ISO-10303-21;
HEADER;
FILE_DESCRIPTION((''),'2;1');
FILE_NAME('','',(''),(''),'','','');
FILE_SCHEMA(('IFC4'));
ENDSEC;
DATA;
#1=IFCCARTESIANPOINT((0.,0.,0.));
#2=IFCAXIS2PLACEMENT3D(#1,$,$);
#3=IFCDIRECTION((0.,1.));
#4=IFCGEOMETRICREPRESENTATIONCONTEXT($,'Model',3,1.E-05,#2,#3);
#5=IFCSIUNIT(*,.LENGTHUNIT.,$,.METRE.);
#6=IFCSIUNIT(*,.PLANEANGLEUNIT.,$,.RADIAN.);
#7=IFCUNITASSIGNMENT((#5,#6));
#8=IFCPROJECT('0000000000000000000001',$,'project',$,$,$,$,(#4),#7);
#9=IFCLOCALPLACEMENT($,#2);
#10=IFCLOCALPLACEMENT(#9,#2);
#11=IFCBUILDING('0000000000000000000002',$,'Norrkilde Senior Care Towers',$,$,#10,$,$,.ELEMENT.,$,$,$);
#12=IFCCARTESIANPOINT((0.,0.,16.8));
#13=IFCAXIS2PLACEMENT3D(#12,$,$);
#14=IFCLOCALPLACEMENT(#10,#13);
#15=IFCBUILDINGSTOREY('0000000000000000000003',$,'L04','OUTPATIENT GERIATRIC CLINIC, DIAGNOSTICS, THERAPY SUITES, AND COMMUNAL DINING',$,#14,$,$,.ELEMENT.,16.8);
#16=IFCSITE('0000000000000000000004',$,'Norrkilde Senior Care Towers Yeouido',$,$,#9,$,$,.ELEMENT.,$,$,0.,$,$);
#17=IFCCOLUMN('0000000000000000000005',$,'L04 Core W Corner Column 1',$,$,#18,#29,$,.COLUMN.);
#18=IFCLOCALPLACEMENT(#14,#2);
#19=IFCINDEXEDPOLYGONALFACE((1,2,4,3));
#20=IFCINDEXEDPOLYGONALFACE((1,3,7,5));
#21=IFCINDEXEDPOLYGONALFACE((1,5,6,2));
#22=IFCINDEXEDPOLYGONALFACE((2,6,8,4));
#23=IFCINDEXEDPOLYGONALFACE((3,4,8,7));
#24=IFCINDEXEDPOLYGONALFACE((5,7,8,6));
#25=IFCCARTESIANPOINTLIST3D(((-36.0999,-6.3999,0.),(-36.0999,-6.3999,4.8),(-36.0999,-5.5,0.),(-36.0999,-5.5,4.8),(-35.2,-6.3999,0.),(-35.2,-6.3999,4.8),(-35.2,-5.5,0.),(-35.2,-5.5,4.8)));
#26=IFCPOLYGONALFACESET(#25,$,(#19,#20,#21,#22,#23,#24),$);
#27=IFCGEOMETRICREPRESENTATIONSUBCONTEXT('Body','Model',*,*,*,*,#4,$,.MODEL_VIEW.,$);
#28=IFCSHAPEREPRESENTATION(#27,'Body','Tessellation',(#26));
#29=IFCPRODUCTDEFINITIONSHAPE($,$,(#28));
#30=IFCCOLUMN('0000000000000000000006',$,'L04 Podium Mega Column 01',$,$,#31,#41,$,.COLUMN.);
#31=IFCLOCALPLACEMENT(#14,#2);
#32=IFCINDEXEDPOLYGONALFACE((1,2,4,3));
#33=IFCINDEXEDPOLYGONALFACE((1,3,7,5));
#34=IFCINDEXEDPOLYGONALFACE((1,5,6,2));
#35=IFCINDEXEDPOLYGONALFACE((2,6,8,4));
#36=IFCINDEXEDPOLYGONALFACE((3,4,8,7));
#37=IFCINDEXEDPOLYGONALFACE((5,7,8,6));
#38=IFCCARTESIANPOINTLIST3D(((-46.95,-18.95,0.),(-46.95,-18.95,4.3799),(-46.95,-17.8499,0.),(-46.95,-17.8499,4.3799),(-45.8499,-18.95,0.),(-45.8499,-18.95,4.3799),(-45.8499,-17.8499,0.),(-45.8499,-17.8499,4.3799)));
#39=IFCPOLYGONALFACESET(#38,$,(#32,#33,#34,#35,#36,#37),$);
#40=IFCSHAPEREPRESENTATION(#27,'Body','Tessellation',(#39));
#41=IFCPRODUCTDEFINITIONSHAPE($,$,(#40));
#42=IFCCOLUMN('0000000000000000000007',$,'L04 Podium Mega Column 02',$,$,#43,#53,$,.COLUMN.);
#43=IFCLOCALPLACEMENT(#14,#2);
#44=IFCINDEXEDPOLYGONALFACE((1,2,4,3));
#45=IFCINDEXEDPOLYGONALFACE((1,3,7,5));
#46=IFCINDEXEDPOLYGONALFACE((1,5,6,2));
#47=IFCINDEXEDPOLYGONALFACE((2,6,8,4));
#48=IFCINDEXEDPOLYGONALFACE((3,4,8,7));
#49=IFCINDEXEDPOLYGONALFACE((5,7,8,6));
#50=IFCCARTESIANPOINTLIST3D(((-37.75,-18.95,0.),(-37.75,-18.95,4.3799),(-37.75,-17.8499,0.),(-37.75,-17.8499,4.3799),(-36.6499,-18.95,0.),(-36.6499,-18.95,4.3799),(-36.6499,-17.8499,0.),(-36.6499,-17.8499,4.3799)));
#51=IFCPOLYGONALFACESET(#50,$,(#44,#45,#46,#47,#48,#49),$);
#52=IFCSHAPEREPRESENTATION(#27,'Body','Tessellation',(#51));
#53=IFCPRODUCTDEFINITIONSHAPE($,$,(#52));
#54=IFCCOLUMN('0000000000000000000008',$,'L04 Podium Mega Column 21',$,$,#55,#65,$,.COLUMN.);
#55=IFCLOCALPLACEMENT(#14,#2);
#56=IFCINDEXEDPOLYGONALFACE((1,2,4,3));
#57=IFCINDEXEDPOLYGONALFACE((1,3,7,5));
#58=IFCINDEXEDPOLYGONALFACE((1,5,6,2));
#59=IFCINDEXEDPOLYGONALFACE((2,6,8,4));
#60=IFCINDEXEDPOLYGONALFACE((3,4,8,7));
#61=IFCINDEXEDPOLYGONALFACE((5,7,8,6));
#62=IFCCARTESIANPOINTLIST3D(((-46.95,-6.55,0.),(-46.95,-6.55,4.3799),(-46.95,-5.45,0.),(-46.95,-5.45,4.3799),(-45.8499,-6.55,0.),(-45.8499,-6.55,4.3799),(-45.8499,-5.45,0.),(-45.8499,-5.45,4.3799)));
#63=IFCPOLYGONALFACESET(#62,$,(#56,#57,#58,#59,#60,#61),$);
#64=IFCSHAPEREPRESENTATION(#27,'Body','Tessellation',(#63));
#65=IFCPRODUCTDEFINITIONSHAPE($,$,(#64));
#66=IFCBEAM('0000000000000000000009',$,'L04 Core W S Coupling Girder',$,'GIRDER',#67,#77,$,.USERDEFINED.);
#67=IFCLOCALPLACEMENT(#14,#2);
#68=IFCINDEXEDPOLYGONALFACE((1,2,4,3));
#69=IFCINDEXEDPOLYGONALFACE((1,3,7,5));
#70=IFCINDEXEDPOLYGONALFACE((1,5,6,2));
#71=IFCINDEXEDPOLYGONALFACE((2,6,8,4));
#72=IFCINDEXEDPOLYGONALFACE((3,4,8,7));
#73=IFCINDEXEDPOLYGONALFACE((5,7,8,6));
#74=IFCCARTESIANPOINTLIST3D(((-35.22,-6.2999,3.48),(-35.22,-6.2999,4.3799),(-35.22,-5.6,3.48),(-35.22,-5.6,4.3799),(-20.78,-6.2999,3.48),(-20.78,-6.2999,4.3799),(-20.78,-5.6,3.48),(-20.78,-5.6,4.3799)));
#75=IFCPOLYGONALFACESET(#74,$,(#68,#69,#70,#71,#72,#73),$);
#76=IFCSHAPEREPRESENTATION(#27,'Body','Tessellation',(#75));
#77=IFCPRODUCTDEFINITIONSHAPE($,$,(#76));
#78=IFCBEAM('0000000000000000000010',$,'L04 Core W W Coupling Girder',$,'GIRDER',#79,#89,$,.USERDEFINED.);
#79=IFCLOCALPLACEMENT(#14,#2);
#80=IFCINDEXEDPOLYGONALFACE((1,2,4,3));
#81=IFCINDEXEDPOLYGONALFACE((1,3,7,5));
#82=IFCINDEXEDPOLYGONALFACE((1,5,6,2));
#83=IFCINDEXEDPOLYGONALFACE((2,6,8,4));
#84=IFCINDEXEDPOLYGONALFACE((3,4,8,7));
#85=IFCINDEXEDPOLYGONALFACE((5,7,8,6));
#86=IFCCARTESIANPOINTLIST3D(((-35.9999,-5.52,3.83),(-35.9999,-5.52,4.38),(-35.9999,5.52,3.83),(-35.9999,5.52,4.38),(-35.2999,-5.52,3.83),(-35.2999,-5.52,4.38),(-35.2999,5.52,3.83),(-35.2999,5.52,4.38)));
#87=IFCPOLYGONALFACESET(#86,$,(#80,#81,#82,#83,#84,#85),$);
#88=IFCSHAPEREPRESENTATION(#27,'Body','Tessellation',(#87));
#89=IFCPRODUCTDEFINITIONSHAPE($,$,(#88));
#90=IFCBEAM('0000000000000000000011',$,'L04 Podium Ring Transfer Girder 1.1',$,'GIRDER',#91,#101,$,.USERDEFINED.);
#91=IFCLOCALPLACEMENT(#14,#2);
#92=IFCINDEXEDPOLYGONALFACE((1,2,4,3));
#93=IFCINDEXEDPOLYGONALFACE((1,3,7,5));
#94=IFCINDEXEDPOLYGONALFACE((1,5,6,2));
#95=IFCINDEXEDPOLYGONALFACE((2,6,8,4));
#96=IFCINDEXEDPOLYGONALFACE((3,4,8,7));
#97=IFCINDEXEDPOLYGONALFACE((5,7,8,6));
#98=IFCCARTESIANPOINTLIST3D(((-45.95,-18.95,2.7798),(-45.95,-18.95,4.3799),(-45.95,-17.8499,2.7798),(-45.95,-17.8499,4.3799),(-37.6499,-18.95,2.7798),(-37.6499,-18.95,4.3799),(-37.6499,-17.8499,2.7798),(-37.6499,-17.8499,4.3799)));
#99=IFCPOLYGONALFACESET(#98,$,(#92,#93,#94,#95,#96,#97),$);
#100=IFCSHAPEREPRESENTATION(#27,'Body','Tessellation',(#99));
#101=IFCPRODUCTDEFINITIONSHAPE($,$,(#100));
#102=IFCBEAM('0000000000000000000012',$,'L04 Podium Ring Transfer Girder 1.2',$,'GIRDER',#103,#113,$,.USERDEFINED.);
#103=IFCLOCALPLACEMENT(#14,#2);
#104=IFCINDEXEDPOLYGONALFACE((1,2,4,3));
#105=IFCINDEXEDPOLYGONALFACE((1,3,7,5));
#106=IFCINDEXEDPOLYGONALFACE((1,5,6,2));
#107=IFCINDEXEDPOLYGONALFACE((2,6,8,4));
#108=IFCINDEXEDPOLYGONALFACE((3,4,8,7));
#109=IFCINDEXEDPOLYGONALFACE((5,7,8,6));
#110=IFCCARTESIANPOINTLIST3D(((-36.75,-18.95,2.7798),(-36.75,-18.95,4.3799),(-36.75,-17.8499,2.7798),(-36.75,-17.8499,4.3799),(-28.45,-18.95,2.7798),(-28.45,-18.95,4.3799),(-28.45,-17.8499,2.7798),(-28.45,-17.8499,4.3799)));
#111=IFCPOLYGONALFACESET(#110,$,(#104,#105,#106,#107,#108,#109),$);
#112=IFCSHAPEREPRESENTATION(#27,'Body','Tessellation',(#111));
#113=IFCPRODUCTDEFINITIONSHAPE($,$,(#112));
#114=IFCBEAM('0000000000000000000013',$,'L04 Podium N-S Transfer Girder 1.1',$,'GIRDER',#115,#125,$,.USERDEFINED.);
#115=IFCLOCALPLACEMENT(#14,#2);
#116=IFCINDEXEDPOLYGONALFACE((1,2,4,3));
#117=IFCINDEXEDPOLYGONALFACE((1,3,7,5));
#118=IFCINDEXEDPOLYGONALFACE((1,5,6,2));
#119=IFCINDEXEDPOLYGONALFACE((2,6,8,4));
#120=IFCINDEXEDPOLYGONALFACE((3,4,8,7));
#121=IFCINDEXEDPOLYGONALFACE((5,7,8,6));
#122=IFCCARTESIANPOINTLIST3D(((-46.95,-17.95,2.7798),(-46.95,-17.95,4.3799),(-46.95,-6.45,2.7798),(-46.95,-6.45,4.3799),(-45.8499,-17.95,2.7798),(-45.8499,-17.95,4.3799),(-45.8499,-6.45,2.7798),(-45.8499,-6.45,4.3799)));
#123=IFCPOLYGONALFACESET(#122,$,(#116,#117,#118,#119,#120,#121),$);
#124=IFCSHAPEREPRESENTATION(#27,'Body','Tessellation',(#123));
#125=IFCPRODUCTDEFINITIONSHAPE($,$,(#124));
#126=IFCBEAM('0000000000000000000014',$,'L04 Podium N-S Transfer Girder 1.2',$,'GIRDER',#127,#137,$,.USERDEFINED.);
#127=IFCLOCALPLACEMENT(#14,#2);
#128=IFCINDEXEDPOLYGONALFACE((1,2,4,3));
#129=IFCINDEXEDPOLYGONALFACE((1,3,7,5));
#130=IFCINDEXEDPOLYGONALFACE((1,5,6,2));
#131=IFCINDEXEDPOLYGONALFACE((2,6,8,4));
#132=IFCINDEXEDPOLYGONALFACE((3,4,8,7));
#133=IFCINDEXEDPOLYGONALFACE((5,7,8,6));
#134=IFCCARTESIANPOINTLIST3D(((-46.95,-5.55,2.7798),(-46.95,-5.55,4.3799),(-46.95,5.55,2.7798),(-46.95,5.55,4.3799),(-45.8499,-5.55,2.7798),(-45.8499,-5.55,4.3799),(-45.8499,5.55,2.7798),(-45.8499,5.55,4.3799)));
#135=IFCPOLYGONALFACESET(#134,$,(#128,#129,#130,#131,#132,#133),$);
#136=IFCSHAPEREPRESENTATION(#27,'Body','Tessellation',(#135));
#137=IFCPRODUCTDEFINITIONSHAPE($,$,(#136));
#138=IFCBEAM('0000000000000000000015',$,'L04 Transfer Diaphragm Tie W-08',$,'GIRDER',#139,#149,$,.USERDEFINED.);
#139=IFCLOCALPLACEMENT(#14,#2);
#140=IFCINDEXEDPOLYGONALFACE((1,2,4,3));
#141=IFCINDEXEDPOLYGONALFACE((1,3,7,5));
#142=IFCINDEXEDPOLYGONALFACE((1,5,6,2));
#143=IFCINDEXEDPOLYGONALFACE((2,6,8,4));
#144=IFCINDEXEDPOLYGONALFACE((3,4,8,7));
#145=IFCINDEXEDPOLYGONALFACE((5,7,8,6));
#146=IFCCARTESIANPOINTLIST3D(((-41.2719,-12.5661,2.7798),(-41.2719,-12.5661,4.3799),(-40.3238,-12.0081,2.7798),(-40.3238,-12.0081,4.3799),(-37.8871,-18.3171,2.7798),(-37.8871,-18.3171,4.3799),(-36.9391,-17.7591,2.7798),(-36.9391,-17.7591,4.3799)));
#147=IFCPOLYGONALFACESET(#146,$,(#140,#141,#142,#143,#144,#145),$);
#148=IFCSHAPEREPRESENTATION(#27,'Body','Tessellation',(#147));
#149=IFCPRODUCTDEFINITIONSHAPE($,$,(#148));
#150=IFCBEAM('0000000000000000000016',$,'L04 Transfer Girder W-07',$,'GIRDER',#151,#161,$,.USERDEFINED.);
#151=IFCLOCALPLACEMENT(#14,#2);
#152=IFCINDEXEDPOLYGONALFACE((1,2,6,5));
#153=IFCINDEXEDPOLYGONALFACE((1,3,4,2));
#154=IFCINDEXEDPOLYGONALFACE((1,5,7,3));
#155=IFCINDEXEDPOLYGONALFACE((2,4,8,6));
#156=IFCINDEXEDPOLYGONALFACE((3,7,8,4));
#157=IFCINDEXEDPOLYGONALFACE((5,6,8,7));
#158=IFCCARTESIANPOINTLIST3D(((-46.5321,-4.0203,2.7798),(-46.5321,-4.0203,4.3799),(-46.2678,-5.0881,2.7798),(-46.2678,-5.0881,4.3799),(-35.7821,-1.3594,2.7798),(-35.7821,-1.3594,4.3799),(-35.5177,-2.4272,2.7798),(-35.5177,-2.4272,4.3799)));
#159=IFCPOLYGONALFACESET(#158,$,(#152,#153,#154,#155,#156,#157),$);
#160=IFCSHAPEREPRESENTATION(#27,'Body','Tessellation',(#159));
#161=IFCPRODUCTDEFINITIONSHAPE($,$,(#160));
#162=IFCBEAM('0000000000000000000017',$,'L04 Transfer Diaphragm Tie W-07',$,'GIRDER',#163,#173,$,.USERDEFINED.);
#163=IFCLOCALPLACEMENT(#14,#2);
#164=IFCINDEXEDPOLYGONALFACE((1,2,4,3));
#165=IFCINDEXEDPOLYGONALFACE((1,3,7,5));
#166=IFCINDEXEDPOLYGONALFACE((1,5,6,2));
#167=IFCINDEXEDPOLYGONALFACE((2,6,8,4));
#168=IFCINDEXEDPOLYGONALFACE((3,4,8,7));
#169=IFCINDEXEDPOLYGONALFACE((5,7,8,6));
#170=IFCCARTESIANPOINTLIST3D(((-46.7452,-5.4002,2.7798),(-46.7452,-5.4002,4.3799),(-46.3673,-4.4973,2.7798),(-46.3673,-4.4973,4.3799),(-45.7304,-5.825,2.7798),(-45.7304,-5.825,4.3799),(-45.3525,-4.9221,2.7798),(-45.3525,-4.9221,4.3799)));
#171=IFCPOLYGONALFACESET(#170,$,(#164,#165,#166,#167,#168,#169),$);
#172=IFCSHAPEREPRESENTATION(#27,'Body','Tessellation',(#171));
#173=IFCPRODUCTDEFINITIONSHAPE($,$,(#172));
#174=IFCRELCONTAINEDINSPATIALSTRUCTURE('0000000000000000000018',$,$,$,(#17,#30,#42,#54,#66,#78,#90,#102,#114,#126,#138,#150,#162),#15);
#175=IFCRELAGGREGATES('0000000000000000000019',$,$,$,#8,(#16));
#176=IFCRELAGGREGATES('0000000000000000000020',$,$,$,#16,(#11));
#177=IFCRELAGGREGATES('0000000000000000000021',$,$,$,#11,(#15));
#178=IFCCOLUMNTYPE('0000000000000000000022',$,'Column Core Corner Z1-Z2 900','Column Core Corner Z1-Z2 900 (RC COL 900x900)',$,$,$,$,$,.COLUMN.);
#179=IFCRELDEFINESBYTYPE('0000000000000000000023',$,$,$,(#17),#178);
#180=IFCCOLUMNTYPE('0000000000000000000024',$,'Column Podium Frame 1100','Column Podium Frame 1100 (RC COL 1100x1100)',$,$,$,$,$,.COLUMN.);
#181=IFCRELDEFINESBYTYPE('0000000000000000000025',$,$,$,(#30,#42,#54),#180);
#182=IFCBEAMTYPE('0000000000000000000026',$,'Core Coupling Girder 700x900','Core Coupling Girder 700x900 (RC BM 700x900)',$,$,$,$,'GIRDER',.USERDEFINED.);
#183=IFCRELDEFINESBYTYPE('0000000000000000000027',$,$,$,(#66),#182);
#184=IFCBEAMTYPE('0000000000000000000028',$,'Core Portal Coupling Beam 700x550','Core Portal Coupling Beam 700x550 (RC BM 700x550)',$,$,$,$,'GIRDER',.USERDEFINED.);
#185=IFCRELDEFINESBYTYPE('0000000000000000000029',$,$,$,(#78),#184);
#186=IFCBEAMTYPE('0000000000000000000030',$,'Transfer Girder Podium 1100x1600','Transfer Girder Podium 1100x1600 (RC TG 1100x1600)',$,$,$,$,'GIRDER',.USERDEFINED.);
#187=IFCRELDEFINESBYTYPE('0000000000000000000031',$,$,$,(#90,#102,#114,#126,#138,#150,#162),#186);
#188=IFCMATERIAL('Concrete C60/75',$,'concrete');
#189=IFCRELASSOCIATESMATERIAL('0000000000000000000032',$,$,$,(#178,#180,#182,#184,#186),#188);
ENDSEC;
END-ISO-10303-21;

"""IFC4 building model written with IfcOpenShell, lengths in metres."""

from ifc_helpers import new_model, si_unit, direction, frame, origin, origin_2d, place, context, subcontext, project, spatial, rectangle, extrude, source, transform, mapped, material, material_profile, profile_set, type_object, type_shapes, element, save


model = new_model("IFC4")

# Units and contexts
model_context = context("Model", 3, precision=1e-05, world=origin(), true_north=direction((0.0, 1.0)))
body_context = subcontext(model_context, "Body", "Model", "MODEL_VIEW")
ifc_project = project(units=[si_unit("LENGTHUNIT", "METRE"), si_unit("PLANEANGLEUNIT", "RADIAN")], contexts=[model_context])

# Site, building, storey
site_placement = place(None, origin())
site = spatial("IfcSite", under=ifc_project, at=site_placement, Name="Norrkilde Senior Care Towers Yeouido", CompositionType="ELEMENT", RefElevation=0.0)
building_placement = place(site_placement, origin())
building = spatial("IfcBuilding", under=site, at=building_placement, Name="Norrkilde Senior Care Towers", CompositionType="ELEMENT")
storey_placement = place(building_placement, frame((0.0, 0.0, 16.8)))
storey = spatial("IfcBuildingStorey", under=building, at=storey_placement, Name="L04", Description="OUTPATIENT GERIATRIC CLINIC, DIAGNOSTICS, THERAPY SUITES, AND COMMUNAL DINING", CompositionType="ELEMENT", Elevation=16.8)

# Columns
ifc_material_1 = material(Name="Concrete C60/75", Category="concrete")
ifc_material_profile_1 = material_profile(ifc_material_1, rectangle(XDim=0.8999, YDim=0.8999, at=origin_2d()), Name="RC COL 900x900")
ifc_profile_set_1 = profile_set([ifc_material_profile_1], Name="Concrete C60/75")
column_type_1 = type_object("IfcColumnType", Name="Column Core Corner Z1-Z2 900", Description="Column Core Corner Z1-Z2 900 (RC COL 900x900)", PredefinedType="COLUMN", material=ifc_profile_set_1)
shared_shape_1 = source(origin(), body_context, "Body", "SweptSolid", [
    extrude(rectangle(XDim=0.8999, YDim=0.8999, at=origin_2d()), origin(), (0.0, 0.0, 1.0), 4.8),
])
type_shapes(column_type_1, [shared_shape_1])
column_placement = place(storey_placement, frame((-35.6499, -5.95, 0.0), z_axis=(0.0, 0.0, 1.0), x_axis=(1.0, 0.0, 0.0)))
element("IfcColumn", 1, at=column_placement, inside=storey, type_object=column_type_1, Name="L04 Core W Corner Column 1", PredefinedType="COLUMN", context=body_context, shape_type="MappedRepresentation", body=[
    mapped(shared_shape_1, transform((0.0, 0.0, 0.0), x_axis=(1.0, 0.0, 0.0), y_axis=(0.0, 1.0, 0.0), z_axis=(0.0, 0.0, 1.0), scale=1.0)),
])
ifc_material_profile_2 = material_profile(ifc_material_1, rectangle(XDim=1.1001, YDim=1.1001, at=origin_2d()), Name="RC COL 1100x1100")
ifc_profile_set_2 = profile_set([ifc_material_profile_2], Name="Concrete C60/75")
column_type_2 = type_object("IfcColumnType", Name="Column Podium Frame 1100", Description="Column Podium Frame 1100 (RC COL 1100x1100)", PredefinedType="COLUMN", material=ifc_profile_set_2)
shared_shape_2 = source(origin(), body_context, "Body", "SweptSolid", [
    extrude(rectangle(XDim=1.1001, YDim=1.1001, at=origin_2d()), origin(), (0.0, 0.0, 1.0), 4.3799),
])
type_shapes(column_type_2, [shared_shape_2])
for number, where, z_axis, x_axis, name in (
    (2, (-46.3999, -18.3999, 0.0), (0.0, 0.0, 1.0), (1.0, 0.0, 0.0), "L04 Podium Mega Column 01"),
    (3, (-37.2, -18.3999, 0.0), (0.0, 0.0, 1.0), (1.0, 0.0, 0.0), "L04 Podium Mega Column 02"),
    (4, (-46.3999, -6.0, 0.0), (0.0, 0.0, 1.0), (1.0, 0.0, 0.0), "L04 Podium Mega Column 21"),
):
    element("IfcColumn", number, at=place(storey_placement, frame(where, z_axis=z_axis, x_axis=x_axis)), inside=storey, type_object=column_type_2, Name=name, PredefinedType="COLUMN", context=body_context, shape_type="MappedRepresentation", body=[
        mapped(shared_shape_2, transform((0.0, 0.0, 0.0), x_axis=(1.0, 0.0, 0.0), y_axis=(0.0, 1.0, 0.0), z_axis=(0.0, 0.0, 1.0), scale=1.0)),
    ])

# Beams
ifc_material_profile_3 = material_profile(ifc_material_1, rectangle(XDim=0.7, YDim=0.8999, at=origin_2d()), Name="RC BM 700x900")
ifc_profile_set_3 = profile_set([ifc_material_profile_3], Name="Concrete C60/75")
beam_type_1 = type_object("IfcBeamType", Name="Core Coupling Girder 700x900", Description="Core Coupling Girder 700x900 (RC BM 700x900)", ElementType="GIRDER", PredefinedType="USERDEFINED", material=ifc_profile_set_3)
shared_shape_3 = source(origin(), body_context, "Body", "SweptSolid", [
    extrude(rectangle(XDim=0.7, YDim=0.8999, at=origin_2d()), origin(), (0.0, 0.0, 1.0), 14.4399),
])
type_shapes(beam_type_1, [shared_shape_3])
beam_1_placement = place(storey_placement, frame((-35.22, -5.95, 3.9299), z_axis=(1.0, 0.0, 0.0), x_axis=(0.0, 1.0, 0.0)))
element("IfcBeam", 5, at=beam_1_placement, inside=storey, type_object=beam_type_1, Name="L04 Core W S Coupling Girder", ObjectType="GIRDER", PredefinedType="USERDEFINED", context=body_context, shape_type="MappedRepresentation", body=[
    mapped(shared_shape_3, transform((0.0, 0.0, 0.0), x_axis=(1.0, 0.0, 0.0), y_axis=(0.0, 1.0, 0.0), z_axis=(0.0, 0.0, 1.0), scale=1.0)),
])
ifc_material_profile_4 = material_profile(ifc_material_1, rectangle(XDim=0.7, YDim=0.55, at=origin_2d()), Name="RC BM 700x550")
ifc_profile_set_4 = profile_set([ifc_material_profile_4], Name="Concrete C60/75")
beam_type_2 = type_object("IfcBeamType", Name="Core Portal Coupling Beam 700x550", Description="Core Portal Coupling Beam 700x550 (RC BM 700x550)", ElementType="GIRDER", PredefinedType="USERDEFINED", material=ifc_profile_set_4)
shared_shape_4 = source(origin(), body_context, "Body", "SweptSolid", [
    extrude(rectangle(XDim=0.7, YDim=0.55, at=origin_2d()), origin(), (0.0, 0.0, 1.0), 11.04),
])
type_shapes(beam_type_2, [shared_shape_4])
beam_2_placement = place(storey_placement, frame((-35.6499, -5.52, 4.105), z_axis=(0.0, 1.0, 0.0), x_axis=(-1.0, 0.0, 0.0)))
element("IfcBeam", 6, at=beam_2_placement, inside=storey, type_object=beam_type_2, Name="L04 Core W W Coupling Girder", ObjectType="GIRDER", PredefinedType="USERDEFINED", context=body_context, shape_type="MappedRepresentation", body=[
    mapped(shared_shape_4, transform((0.0, 0.0, 0.0), x_axis=(1.0, 0.0, 0.0), y_axis=(0.0, 1.0, 0.0), z_axis=(0.0, 0.0, 1.0), scale=1.0)),
])
ifc_material_profile_5 = material_profile(ifc_material_1, rectangle(XDim=1.1001, YDim=1.6001, at=origin_2d()), Name="RC TG 1100x1600")
ifc_profile_set_5 = profile_set([ifc_material_profile_5], Name="Concrete C60/75")
beam_type_3 = type_object("IfcBeamType", Name="Transfer Girder Podium 1100x1600", Description="Transfer Girder Podium 1100x1600 (RC TG 1100x1600)", ElementType="GIRDER", PredefinedType="USERDEFINED", material=ifc_profile_set_5)
shared_shape_5 = source(origin(), body_context, "Body", "SweptSolid", [
    extrude(rectangle(XDim=1.1001, YDim=1.6001, at=origin_2d()), origin(), (0.0, 0.0, 1.0), 8.3),
])
for number, where, z_axis, x_axis, name in (
    (7, (-45.95, -18.3999, 3.5798), (1.0, 0.0, 0.0), (0.0, 1.0, 0.0), "L04 Podium Ring Transfer Girder 1.1"),
    (8, (-36.75, -18.3999, 3.5798), (1.0, 0.0, 0.0), (0.0, 1.0, 0.0), "L04 Podium Ring Transfer Girder 1.2"),
):
    element("IfcBeam", number, at=place(storey_placement, frame(where, z_axis=z_axis, x_axis=x_axis)), inside=storey, type_object=beam_type_3, Name=name, ObjectType="GIRDER", PredefinedType="USERDEFINED", context=body_context, shape_type="MappedRepresentation", body=[
        mapped(shared_shape_5, transform((0.0, 0.0, 0.0), x_axis=(1.0, 0.0, 0.0), y_axis=(0.0, 1.0, 0.0), z_axis=(0.0, 0.0, 1.0), scale=1.0)),
    ])
shared_shape_6 = source(origin(), body_context, "Body", "SweptSolid", [
    extrude(rectangle(XDim=1.1001, YDim=1.6001, at=origin_2d()), origin(), (0.0, 0.0, 1.0), 11.5),
])
beam_3_placement = place(storey_placement, frame((-46.3999, -17.95, 3.5798), z_axis=(0.0, 1.0, 0.0), x_axis=(-1.0, 0.0, 0.0)))
element("IfcBeam", 9, at=beam_3_placement, inside=storey, type_object=beam_type_3, Name="L04 Podium N-S Transfer Girder 1.1", ObjectType="GIRDER", PredefinedType="USERDEFINED", context=body_context, shape_type="MappedRepresentation", body=[
    mapped(shared_shape_6, transform((0.0, 0.0, 0.0), x_axis=(1.0, 0.0, 0.0), y_axis=(0.0, 1.0, 0.0), z_axis=(0.0, 0.0, 1.0), scale=1.0)),
])
shared_shape_7 = source(origin(), body_context, "Body", "SweptSolid", [
    extrude(rectangle(XDim=1.1001, YDim=1.6001, at=origin_2d()), origin(), (0.0, 0.0, 1.0), 11.1001),
])
beam_4_placement = place(storey_placement, frame((-46.3999, -5.55, 3.5798), z_axis=(0.0, 1.0, 0.0), x_axis=(-1.0, 0.0, 0.0)))
element("IfcBeam", 10, at=beam_4_placement, inside=storey, type_object=beam_type_3, Name="L04 Podium N-S Transfer Girder 1.2", ObjectType="GIRDER", PredefinedType="USERDEFINED", context=body_context, shape_type="MappedRepresentation", body=[
    mapped(shared_shape_7, transform((0.0, 0.0, 0.0), x_axis=(1.0, 0.0, 0.0), y_axis=(0.0, 1.0, 0.0), z_axis=(0.0, 0.0, 1.0), scale=1.0)),
])
shared_shape_8 = source(origin(), body_context, "Body", "SweptSolid", [
    extrude(rectangle(XDim=1.1001, YDim=1.6001, at=origin_2d()), origin(), (0.0, 0.0, 1.0), 6.6731),
])
beam_5_placement = place(storey_placement, frame((-40.7979, -12.2871, 3.5798), z_axis=(0.507225, -0.861814, 0.0), x_axis=(0.861814, 0.507225, 0.0)))
element("IfcBeam", 11, at=beam_5_placement, inside=storey, type_object=beam_type_3, Name="L04 Transfer Diaphragm Tie W-08", ObjectType="GIRDER", PredefinedType="USERDEFINED", context=body_context, shape_type="MappedRepresentation", body=[
    mapped(shared_shape_8, transform((0.0, 0.0, 0.0), x_axis=(1.0, 0.0, 0.0), y_axis=(0.0, 1.0, 0.0), z_axis=(0.0, 0.0, 1.0), scale=1.0)),
])
shared_shape_9 = source(origin(), body_context, "Body", "SweptSolid", [
    extrude(rectangle(XDim=1.1001, YDim=1.6001, at=origin_2d()), origin(), (0.0, 0.0, 1.0), 11.0745),
])
beam_6_placement = place(storey_placement, frame((-35.6499, -1.8933, 3.5798), z_axis=(-0.970705, -0.240273, 0.0), x_axis=(0.240273, -0.970705, 0.0)))
element("IfcBeam", 12, at=beam_6_placement, inside=storey, type_object=beam_type_3, Name="L04 Transfer Girder W-07", ObjectType="GIRDER", PredefinedType="USERDEFINED", context=body_context, shape_type="MappedRepresentation", body=[
    mapped(shared_shape_9, transform((0.0, 0.0, 0.0), x_axis=(1.0, 0.0, 0.0), y_axis=(0.0, 1.0, 0.0), z_axis=(0.0, 0.0, 1.0), scale=1.0)),
])
shared_shape_10 = source(origin(), body_context, "Body", "SweptSolid", [
    extrude(rectangle(XDim=1.1001, YDim=1.6001, at=origin_2d()), origin(), (0.0, 0.0, 1.0), 0.9788),
])
type_shapes(beam_type_3, [shared_shape_5, shared_shape_6, shared_shape_7, shared_shape_8, shared_shape_9, shared_shape_10])
beam_7_placement = place(storey_placement, frame((-45.8599, -4.7097, 3.5798), z_axis=(-0.386138, -0.922441, 0.0), x_axis=(0.922441, -0.386138, 0.0)))
element("IfcBeam", 13, at=beam_7_placement, inside=storey, type_object=beam_type_3, Name="L04 Transfer Diaphragm Tie W-07", ObjectType="GIRDER", PredefinedType="USERDEFINED", context=body_context, shape_type="MappedRepresentation", body=[
    mapped(shared_shape_10, transform((0.0, 0.0, 0.0), x_axis=(1.0, 0.0, 0.0), y_axis=(0.0, 1.0, 0.0), z_axis=(0.0, 0.0, 1.0), scale=1.0)),
])

save(model, "model.ifc")
